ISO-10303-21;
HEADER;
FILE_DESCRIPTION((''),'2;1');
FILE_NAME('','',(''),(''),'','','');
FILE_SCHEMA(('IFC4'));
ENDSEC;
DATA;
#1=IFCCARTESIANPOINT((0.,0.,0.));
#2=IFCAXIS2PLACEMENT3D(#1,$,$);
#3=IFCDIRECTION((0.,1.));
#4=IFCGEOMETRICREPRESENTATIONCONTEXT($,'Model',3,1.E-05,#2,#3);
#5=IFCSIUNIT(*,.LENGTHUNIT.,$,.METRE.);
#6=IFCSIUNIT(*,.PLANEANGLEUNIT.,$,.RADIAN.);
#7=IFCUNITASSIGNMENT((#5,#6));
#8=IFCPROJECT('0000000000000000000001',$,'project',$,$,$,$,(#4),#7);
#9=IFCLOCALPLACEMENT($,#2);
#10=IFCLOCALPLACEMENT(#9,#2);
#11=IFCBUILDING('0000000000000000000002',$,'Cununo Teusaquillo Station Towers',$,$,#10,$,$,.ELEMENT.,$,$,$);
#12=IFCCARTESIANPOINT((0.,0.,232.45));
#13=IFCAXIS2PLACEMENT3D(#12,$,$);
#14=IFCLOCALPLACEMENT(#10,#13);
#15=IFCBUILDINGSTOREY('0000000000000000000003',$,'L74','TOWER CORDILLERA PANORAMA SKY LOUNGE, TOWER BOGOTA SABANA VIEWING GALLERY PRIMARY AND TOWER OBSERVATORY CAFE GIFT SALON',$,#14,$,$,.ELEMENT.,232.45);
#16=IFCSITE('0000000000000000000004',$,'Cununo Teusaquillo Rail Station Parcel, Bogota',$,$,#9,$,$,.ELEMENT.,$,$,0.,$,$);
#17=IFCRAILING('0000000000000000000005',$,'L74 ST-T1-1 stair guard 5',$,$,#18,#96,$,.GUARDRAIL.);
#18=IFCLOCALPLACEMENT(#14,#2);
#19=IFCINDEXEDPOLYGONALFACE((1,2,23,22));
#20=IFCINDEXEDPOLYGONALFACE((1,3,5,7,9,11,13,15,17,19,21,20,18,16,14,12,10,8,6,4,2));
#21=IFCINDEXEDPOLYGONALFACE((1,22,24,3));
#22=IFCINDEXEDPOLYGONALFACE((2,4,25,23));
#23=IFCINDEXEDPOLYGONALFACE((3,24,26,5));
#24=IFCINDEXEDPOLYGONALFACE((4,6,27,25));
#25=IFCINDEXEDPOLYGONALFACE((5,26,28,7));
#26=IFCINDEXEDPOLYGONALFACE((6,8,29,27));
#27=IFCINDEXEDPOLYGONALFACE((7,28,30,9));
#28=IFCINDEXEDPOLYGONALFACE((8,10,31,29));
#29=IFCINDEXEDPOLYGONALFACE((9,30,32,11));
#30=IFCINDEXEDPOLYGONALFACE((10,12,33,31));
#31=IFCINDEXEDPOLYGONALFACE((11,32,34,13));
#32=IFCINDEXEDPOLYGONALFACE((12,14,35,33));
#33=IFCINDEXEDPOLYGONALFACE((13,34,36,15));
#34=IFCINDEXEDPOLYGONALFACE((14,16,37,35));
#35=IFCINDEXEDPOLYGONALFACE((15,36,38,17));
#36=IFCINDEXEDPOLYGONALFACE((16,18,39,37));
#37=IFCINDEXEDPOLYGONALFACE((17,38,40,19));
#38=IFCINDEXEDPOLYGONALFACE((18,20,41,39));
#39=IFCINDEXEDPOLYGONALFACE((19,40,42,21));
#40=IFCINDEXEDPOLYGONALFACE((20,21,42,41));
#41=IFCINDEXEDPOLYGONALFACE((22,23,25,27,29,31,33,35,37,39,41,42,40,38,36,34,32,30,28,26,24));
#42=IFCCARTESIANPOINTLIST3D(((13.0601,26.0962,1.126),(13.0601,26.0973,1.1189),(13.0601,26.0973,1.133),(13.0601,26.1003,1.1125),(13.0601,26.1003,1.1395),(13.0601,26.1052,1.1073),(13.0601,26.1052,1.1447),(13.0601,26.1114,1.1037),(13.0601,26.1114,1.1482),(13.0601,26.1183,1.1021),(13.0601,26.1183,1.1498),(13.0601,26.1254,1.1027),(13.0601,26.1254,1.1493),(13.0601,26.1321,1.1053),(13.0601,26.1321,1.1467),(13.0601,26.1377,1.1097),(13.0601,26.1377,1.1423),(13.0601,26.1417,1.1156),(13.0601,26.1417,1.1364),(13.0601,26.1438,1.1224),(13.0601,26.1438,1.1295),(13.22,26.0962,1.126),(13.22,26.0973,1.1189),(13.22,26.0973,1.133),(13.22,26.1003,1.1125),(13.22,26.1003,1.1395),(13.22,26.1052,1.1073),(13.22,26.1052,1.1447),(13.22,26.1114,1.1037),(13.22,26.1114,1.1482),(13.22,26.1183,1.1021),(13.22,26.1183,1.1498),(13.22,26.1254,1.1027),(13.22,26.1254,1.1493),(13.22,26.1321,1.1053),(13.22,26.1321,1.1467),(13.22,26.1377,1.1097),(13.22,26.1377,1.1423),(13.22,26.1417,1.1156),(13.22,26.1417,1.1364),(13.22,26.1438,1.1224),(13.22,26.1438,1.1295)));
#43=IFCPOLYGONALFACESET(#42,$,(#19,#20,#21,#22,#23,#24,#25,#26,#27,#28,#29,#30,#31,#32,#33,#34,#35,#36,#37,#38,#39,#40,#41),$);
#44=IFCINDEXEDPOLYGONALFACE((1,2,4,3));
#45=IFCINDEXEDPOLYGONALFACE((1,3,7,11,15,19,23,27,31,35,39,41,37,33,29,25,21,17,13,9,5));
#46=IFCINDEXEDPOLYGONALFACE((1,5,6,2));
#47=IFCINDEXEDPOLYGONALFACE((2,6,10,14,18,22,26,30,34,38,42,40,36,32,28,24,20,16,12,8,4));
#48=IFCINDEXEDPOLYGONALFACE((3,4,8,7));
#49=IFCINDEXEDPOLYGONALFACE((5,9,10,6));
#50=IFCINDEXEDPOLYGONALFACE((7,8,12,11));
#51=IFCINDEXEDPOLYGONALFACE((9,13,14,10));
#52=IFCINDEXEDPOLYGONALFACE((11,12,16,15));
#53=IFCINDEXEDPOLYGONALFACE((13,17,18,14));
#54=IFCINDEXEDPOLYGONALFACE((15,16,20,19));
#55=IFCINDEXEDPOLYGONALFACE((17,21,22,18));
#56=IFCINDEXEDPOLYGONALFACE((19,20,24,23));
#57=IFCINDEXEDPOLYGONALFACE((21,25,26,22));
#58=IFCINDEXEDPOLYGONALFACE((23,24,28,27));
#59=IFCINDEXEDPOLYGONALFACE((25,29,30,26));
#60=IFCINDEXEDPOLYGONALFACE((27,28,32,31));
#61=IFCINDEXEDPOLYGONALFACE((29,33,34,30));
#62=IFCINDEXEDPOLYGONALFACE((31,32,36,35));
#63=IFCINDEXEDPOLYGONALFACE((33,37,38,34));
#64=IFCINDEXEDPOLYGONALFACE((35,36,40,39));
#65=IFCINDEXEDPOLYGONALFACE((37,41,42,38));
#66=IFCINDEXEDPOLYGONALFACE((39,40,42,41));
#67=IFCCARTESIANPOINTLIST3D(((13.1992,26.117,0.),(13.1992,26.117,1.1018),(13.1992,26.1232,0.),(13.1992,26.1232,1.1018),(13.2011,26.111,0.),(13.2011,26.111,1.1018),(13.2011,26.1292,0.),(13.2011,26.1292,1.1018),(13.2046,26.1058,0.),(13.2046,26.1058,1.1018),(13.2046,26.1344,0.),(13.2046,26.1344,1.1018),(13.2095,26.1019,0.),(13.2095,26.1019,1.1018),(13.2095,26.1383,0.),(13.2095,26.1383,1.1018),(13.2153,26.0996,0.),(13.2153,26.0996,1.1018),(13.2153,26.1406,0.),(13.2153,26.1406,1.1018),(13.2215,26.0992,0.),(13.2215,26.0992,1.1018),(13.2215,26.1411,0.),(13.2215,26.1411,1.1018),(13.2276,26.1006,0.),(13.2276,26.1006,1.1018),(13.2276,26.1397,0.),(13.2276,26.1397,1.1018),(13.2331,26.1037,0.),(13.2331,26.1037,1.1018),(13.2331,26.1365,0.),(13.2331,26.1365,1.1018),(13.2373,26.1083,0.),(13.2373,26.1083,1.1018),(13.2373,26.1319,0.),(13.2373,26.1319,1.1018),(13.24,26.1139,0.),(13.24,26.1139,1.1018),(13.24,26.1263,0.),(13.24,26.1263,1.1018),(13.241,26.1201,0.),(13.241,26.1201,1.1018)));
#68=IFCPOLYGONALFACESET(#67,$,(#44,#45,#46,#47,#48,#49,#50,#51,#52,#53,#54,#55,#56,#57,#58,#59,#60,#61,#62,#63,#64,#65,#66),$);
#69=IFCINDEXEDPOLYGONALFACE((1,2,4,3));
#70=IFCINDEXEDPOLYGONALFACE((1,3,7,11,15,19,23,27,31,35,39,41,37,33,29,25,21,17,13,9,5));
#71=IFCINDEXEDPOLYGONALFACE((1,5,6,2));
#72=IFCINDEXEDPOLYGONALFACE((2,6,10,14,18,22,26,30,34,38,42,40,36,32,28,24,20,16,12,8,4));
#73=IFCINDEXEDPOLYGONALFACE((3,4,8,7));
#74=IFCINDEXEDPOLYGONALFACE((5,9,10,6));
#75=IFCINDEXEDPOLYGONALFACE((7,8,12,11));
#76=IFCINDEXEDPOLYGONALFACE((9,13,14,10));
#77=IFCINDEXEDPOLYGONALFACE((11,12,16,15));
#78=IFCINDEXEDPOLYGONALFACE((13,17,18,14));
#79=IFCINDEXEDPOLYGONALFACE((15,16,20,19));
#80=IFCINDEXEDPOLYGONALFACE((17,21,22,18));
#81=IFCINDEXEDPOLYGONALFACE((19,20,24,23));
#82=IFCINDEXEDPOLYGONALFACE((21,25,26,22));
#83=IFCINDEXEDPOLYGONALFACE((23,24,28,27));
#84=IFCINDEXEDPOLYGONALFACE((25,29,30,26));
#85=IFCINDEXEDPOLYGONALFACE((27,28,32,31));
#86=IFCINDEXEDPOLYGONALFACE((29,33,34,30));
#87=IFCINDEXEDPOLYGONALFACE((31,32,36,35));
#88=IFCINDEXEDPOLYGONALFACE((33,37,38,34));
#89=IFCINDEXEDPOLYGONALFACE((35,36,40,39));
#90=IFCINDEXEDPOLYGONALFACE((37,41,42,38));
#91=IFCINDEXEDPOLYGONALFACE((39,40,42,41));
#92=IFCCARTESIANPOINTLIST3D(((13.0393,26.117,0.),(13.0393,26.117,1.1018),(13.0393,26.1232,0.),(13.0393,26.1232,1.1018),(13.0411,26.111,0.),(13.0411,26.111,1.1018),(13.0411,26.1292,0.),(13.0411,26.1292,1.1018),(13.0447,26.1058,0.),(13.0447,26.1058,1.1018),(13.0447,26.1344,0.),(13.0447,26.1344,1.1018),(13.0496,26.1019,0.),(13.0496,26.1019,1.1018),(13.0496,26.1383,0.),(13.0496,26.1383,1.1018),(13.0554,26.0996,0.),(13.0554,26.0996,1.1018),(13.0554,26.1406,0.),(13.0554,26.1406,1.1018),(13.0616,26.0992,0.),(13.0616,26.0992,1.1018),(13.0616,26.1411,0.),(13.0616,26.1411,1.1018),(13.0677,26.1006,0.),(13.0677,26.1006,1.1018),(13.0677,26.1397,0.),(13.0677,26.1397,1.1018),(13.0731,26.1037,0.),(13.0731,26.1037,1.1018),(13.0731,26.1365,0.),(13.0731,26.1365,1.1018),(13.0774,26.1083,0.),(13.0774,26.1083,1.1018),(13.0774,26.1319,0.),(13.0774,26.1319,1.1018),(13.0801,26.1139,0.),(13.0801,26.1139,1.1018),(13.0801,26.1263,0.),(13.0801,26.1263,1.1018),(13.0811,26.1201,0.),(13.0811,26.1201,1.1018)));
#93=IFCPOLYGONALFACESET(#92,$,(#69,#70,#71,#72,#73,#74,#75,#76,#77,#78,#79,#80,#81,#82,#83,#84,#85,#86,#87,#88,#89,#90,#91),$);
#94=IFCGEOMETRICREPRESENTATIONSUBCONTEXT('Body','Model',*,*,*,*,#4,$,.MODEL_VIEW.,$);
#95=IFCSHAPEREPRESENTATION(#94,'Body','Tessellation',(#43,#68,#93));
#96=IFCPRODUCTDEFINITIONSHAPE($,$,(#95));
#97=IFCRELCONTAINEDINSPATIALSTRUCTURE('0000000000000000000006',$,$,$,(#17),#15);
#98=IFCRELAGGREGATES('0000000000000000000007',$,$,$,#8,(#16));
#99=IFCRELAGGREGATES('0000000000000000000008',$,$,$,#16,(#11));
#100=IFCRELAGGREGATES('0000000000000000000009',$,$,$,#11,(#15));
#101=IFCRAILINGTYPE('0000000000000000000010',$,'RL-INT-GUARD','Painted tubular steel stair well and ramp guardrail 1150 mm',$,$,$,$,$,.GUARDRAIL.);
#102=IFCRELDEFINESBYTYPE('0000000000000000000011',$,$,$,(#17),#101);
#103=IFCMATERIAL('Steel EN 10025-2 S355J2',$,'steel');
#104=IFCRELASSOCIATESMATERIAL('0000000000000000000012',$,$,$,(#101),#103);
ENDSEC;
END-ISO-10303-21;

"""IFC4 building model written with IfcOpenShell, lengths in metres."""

from ifc_helpers import new_model, si_unit, direction, frame, origin, origin_2d, place, context, subcontext, project, spatial, circle, extrude, material, type_object, element, save


model = new_model("IFC4")

# Units and contexts
model_context = context("Model", 3, precision=1e-05, world=origin(), true_north=direction((0.0, 1.0)))
body_context = subcontext(model_context, "Body", "Model", "MODEL_VIEW")
ifc_project = project(units=[si_unit("LENGTHUNIT", "METRE"), si_unit("PLANEANGLEUNIT", "RADIAN")], contexts=[model_context])

# Site, building, storey
site_placement = place(None, origin())
site = spatial("IfcSite", under=ifc_project, at=site_placement, Name="Cununo Teusaquillo Rail Station Parcel, Bogota", CompositionType="ELEMENT", RefElevation=0.0)
building_placement = place(site_placement, origin())
building = spatial("IfcBuilding", under=site, at=building_placement, Name="Cununo Teusaquillo Station Towers", CompositionType="ELEMENT")
storey_placement = place(building_placement, frame((0.0, 0.0, 232.45)))
storey = spatial("IfcBuildingStorey", under=building, at=storey_placement, Name="L74", Description="TOWER CORDILLERA PANORAMA SKY LOUNGE, TOWER BOGOTA SABANA VIEWING GALLERY PRIMARY AND TOWER OBSERVATORY CAFE GIFT SALON", CompositionType="ELEMENT", Elevation=232.45)

# Railing
ifc_material_1 = material(Name="Steel EN 10025-2 S355J2", Category="steel")
railing_type_1 = type_object("IfcRailingType", Name="RL-INT-GUARD", Description="Painted tubular steel stair well and ramp guardrail 1150 mm", PredefinedType="GUARDRAIL", material=ifc_material_1)
railing_1_placement = place(storey_placement, frame((13.22, 26.1201, 0.0)))
element("IfcRailing", 1, at=railing_1_placement, inside=storey, type_object=railing_type_1, Name="L74 ST-T1-1 stair guard 5", PredefinedType="GUARDRAIL", context=body_context, shape_type="SweptSolid", body=[
    extrude(circle(Radius=0.0239, at=origin_2d()), frame((0.0, 0.0, 1.126), z_axis=(-1.0, 0.0, 0.0), x_axis=(0.0, -1.0, 0.0)), (0.0, 0.0, 1.0), 0.1599),
    extrude(circle(Radius=0.021, at=origin_2d()), origin(), (0.0, 0.0, 1.0), 1.1018),
    extrude(circle(Radius=0.021, at=origin_2d()), frame((-0.1599, 0.0, 0.0)), (0.0, 0.0, 1.0), 1.1018),
])

save(model, "model.ifc")
